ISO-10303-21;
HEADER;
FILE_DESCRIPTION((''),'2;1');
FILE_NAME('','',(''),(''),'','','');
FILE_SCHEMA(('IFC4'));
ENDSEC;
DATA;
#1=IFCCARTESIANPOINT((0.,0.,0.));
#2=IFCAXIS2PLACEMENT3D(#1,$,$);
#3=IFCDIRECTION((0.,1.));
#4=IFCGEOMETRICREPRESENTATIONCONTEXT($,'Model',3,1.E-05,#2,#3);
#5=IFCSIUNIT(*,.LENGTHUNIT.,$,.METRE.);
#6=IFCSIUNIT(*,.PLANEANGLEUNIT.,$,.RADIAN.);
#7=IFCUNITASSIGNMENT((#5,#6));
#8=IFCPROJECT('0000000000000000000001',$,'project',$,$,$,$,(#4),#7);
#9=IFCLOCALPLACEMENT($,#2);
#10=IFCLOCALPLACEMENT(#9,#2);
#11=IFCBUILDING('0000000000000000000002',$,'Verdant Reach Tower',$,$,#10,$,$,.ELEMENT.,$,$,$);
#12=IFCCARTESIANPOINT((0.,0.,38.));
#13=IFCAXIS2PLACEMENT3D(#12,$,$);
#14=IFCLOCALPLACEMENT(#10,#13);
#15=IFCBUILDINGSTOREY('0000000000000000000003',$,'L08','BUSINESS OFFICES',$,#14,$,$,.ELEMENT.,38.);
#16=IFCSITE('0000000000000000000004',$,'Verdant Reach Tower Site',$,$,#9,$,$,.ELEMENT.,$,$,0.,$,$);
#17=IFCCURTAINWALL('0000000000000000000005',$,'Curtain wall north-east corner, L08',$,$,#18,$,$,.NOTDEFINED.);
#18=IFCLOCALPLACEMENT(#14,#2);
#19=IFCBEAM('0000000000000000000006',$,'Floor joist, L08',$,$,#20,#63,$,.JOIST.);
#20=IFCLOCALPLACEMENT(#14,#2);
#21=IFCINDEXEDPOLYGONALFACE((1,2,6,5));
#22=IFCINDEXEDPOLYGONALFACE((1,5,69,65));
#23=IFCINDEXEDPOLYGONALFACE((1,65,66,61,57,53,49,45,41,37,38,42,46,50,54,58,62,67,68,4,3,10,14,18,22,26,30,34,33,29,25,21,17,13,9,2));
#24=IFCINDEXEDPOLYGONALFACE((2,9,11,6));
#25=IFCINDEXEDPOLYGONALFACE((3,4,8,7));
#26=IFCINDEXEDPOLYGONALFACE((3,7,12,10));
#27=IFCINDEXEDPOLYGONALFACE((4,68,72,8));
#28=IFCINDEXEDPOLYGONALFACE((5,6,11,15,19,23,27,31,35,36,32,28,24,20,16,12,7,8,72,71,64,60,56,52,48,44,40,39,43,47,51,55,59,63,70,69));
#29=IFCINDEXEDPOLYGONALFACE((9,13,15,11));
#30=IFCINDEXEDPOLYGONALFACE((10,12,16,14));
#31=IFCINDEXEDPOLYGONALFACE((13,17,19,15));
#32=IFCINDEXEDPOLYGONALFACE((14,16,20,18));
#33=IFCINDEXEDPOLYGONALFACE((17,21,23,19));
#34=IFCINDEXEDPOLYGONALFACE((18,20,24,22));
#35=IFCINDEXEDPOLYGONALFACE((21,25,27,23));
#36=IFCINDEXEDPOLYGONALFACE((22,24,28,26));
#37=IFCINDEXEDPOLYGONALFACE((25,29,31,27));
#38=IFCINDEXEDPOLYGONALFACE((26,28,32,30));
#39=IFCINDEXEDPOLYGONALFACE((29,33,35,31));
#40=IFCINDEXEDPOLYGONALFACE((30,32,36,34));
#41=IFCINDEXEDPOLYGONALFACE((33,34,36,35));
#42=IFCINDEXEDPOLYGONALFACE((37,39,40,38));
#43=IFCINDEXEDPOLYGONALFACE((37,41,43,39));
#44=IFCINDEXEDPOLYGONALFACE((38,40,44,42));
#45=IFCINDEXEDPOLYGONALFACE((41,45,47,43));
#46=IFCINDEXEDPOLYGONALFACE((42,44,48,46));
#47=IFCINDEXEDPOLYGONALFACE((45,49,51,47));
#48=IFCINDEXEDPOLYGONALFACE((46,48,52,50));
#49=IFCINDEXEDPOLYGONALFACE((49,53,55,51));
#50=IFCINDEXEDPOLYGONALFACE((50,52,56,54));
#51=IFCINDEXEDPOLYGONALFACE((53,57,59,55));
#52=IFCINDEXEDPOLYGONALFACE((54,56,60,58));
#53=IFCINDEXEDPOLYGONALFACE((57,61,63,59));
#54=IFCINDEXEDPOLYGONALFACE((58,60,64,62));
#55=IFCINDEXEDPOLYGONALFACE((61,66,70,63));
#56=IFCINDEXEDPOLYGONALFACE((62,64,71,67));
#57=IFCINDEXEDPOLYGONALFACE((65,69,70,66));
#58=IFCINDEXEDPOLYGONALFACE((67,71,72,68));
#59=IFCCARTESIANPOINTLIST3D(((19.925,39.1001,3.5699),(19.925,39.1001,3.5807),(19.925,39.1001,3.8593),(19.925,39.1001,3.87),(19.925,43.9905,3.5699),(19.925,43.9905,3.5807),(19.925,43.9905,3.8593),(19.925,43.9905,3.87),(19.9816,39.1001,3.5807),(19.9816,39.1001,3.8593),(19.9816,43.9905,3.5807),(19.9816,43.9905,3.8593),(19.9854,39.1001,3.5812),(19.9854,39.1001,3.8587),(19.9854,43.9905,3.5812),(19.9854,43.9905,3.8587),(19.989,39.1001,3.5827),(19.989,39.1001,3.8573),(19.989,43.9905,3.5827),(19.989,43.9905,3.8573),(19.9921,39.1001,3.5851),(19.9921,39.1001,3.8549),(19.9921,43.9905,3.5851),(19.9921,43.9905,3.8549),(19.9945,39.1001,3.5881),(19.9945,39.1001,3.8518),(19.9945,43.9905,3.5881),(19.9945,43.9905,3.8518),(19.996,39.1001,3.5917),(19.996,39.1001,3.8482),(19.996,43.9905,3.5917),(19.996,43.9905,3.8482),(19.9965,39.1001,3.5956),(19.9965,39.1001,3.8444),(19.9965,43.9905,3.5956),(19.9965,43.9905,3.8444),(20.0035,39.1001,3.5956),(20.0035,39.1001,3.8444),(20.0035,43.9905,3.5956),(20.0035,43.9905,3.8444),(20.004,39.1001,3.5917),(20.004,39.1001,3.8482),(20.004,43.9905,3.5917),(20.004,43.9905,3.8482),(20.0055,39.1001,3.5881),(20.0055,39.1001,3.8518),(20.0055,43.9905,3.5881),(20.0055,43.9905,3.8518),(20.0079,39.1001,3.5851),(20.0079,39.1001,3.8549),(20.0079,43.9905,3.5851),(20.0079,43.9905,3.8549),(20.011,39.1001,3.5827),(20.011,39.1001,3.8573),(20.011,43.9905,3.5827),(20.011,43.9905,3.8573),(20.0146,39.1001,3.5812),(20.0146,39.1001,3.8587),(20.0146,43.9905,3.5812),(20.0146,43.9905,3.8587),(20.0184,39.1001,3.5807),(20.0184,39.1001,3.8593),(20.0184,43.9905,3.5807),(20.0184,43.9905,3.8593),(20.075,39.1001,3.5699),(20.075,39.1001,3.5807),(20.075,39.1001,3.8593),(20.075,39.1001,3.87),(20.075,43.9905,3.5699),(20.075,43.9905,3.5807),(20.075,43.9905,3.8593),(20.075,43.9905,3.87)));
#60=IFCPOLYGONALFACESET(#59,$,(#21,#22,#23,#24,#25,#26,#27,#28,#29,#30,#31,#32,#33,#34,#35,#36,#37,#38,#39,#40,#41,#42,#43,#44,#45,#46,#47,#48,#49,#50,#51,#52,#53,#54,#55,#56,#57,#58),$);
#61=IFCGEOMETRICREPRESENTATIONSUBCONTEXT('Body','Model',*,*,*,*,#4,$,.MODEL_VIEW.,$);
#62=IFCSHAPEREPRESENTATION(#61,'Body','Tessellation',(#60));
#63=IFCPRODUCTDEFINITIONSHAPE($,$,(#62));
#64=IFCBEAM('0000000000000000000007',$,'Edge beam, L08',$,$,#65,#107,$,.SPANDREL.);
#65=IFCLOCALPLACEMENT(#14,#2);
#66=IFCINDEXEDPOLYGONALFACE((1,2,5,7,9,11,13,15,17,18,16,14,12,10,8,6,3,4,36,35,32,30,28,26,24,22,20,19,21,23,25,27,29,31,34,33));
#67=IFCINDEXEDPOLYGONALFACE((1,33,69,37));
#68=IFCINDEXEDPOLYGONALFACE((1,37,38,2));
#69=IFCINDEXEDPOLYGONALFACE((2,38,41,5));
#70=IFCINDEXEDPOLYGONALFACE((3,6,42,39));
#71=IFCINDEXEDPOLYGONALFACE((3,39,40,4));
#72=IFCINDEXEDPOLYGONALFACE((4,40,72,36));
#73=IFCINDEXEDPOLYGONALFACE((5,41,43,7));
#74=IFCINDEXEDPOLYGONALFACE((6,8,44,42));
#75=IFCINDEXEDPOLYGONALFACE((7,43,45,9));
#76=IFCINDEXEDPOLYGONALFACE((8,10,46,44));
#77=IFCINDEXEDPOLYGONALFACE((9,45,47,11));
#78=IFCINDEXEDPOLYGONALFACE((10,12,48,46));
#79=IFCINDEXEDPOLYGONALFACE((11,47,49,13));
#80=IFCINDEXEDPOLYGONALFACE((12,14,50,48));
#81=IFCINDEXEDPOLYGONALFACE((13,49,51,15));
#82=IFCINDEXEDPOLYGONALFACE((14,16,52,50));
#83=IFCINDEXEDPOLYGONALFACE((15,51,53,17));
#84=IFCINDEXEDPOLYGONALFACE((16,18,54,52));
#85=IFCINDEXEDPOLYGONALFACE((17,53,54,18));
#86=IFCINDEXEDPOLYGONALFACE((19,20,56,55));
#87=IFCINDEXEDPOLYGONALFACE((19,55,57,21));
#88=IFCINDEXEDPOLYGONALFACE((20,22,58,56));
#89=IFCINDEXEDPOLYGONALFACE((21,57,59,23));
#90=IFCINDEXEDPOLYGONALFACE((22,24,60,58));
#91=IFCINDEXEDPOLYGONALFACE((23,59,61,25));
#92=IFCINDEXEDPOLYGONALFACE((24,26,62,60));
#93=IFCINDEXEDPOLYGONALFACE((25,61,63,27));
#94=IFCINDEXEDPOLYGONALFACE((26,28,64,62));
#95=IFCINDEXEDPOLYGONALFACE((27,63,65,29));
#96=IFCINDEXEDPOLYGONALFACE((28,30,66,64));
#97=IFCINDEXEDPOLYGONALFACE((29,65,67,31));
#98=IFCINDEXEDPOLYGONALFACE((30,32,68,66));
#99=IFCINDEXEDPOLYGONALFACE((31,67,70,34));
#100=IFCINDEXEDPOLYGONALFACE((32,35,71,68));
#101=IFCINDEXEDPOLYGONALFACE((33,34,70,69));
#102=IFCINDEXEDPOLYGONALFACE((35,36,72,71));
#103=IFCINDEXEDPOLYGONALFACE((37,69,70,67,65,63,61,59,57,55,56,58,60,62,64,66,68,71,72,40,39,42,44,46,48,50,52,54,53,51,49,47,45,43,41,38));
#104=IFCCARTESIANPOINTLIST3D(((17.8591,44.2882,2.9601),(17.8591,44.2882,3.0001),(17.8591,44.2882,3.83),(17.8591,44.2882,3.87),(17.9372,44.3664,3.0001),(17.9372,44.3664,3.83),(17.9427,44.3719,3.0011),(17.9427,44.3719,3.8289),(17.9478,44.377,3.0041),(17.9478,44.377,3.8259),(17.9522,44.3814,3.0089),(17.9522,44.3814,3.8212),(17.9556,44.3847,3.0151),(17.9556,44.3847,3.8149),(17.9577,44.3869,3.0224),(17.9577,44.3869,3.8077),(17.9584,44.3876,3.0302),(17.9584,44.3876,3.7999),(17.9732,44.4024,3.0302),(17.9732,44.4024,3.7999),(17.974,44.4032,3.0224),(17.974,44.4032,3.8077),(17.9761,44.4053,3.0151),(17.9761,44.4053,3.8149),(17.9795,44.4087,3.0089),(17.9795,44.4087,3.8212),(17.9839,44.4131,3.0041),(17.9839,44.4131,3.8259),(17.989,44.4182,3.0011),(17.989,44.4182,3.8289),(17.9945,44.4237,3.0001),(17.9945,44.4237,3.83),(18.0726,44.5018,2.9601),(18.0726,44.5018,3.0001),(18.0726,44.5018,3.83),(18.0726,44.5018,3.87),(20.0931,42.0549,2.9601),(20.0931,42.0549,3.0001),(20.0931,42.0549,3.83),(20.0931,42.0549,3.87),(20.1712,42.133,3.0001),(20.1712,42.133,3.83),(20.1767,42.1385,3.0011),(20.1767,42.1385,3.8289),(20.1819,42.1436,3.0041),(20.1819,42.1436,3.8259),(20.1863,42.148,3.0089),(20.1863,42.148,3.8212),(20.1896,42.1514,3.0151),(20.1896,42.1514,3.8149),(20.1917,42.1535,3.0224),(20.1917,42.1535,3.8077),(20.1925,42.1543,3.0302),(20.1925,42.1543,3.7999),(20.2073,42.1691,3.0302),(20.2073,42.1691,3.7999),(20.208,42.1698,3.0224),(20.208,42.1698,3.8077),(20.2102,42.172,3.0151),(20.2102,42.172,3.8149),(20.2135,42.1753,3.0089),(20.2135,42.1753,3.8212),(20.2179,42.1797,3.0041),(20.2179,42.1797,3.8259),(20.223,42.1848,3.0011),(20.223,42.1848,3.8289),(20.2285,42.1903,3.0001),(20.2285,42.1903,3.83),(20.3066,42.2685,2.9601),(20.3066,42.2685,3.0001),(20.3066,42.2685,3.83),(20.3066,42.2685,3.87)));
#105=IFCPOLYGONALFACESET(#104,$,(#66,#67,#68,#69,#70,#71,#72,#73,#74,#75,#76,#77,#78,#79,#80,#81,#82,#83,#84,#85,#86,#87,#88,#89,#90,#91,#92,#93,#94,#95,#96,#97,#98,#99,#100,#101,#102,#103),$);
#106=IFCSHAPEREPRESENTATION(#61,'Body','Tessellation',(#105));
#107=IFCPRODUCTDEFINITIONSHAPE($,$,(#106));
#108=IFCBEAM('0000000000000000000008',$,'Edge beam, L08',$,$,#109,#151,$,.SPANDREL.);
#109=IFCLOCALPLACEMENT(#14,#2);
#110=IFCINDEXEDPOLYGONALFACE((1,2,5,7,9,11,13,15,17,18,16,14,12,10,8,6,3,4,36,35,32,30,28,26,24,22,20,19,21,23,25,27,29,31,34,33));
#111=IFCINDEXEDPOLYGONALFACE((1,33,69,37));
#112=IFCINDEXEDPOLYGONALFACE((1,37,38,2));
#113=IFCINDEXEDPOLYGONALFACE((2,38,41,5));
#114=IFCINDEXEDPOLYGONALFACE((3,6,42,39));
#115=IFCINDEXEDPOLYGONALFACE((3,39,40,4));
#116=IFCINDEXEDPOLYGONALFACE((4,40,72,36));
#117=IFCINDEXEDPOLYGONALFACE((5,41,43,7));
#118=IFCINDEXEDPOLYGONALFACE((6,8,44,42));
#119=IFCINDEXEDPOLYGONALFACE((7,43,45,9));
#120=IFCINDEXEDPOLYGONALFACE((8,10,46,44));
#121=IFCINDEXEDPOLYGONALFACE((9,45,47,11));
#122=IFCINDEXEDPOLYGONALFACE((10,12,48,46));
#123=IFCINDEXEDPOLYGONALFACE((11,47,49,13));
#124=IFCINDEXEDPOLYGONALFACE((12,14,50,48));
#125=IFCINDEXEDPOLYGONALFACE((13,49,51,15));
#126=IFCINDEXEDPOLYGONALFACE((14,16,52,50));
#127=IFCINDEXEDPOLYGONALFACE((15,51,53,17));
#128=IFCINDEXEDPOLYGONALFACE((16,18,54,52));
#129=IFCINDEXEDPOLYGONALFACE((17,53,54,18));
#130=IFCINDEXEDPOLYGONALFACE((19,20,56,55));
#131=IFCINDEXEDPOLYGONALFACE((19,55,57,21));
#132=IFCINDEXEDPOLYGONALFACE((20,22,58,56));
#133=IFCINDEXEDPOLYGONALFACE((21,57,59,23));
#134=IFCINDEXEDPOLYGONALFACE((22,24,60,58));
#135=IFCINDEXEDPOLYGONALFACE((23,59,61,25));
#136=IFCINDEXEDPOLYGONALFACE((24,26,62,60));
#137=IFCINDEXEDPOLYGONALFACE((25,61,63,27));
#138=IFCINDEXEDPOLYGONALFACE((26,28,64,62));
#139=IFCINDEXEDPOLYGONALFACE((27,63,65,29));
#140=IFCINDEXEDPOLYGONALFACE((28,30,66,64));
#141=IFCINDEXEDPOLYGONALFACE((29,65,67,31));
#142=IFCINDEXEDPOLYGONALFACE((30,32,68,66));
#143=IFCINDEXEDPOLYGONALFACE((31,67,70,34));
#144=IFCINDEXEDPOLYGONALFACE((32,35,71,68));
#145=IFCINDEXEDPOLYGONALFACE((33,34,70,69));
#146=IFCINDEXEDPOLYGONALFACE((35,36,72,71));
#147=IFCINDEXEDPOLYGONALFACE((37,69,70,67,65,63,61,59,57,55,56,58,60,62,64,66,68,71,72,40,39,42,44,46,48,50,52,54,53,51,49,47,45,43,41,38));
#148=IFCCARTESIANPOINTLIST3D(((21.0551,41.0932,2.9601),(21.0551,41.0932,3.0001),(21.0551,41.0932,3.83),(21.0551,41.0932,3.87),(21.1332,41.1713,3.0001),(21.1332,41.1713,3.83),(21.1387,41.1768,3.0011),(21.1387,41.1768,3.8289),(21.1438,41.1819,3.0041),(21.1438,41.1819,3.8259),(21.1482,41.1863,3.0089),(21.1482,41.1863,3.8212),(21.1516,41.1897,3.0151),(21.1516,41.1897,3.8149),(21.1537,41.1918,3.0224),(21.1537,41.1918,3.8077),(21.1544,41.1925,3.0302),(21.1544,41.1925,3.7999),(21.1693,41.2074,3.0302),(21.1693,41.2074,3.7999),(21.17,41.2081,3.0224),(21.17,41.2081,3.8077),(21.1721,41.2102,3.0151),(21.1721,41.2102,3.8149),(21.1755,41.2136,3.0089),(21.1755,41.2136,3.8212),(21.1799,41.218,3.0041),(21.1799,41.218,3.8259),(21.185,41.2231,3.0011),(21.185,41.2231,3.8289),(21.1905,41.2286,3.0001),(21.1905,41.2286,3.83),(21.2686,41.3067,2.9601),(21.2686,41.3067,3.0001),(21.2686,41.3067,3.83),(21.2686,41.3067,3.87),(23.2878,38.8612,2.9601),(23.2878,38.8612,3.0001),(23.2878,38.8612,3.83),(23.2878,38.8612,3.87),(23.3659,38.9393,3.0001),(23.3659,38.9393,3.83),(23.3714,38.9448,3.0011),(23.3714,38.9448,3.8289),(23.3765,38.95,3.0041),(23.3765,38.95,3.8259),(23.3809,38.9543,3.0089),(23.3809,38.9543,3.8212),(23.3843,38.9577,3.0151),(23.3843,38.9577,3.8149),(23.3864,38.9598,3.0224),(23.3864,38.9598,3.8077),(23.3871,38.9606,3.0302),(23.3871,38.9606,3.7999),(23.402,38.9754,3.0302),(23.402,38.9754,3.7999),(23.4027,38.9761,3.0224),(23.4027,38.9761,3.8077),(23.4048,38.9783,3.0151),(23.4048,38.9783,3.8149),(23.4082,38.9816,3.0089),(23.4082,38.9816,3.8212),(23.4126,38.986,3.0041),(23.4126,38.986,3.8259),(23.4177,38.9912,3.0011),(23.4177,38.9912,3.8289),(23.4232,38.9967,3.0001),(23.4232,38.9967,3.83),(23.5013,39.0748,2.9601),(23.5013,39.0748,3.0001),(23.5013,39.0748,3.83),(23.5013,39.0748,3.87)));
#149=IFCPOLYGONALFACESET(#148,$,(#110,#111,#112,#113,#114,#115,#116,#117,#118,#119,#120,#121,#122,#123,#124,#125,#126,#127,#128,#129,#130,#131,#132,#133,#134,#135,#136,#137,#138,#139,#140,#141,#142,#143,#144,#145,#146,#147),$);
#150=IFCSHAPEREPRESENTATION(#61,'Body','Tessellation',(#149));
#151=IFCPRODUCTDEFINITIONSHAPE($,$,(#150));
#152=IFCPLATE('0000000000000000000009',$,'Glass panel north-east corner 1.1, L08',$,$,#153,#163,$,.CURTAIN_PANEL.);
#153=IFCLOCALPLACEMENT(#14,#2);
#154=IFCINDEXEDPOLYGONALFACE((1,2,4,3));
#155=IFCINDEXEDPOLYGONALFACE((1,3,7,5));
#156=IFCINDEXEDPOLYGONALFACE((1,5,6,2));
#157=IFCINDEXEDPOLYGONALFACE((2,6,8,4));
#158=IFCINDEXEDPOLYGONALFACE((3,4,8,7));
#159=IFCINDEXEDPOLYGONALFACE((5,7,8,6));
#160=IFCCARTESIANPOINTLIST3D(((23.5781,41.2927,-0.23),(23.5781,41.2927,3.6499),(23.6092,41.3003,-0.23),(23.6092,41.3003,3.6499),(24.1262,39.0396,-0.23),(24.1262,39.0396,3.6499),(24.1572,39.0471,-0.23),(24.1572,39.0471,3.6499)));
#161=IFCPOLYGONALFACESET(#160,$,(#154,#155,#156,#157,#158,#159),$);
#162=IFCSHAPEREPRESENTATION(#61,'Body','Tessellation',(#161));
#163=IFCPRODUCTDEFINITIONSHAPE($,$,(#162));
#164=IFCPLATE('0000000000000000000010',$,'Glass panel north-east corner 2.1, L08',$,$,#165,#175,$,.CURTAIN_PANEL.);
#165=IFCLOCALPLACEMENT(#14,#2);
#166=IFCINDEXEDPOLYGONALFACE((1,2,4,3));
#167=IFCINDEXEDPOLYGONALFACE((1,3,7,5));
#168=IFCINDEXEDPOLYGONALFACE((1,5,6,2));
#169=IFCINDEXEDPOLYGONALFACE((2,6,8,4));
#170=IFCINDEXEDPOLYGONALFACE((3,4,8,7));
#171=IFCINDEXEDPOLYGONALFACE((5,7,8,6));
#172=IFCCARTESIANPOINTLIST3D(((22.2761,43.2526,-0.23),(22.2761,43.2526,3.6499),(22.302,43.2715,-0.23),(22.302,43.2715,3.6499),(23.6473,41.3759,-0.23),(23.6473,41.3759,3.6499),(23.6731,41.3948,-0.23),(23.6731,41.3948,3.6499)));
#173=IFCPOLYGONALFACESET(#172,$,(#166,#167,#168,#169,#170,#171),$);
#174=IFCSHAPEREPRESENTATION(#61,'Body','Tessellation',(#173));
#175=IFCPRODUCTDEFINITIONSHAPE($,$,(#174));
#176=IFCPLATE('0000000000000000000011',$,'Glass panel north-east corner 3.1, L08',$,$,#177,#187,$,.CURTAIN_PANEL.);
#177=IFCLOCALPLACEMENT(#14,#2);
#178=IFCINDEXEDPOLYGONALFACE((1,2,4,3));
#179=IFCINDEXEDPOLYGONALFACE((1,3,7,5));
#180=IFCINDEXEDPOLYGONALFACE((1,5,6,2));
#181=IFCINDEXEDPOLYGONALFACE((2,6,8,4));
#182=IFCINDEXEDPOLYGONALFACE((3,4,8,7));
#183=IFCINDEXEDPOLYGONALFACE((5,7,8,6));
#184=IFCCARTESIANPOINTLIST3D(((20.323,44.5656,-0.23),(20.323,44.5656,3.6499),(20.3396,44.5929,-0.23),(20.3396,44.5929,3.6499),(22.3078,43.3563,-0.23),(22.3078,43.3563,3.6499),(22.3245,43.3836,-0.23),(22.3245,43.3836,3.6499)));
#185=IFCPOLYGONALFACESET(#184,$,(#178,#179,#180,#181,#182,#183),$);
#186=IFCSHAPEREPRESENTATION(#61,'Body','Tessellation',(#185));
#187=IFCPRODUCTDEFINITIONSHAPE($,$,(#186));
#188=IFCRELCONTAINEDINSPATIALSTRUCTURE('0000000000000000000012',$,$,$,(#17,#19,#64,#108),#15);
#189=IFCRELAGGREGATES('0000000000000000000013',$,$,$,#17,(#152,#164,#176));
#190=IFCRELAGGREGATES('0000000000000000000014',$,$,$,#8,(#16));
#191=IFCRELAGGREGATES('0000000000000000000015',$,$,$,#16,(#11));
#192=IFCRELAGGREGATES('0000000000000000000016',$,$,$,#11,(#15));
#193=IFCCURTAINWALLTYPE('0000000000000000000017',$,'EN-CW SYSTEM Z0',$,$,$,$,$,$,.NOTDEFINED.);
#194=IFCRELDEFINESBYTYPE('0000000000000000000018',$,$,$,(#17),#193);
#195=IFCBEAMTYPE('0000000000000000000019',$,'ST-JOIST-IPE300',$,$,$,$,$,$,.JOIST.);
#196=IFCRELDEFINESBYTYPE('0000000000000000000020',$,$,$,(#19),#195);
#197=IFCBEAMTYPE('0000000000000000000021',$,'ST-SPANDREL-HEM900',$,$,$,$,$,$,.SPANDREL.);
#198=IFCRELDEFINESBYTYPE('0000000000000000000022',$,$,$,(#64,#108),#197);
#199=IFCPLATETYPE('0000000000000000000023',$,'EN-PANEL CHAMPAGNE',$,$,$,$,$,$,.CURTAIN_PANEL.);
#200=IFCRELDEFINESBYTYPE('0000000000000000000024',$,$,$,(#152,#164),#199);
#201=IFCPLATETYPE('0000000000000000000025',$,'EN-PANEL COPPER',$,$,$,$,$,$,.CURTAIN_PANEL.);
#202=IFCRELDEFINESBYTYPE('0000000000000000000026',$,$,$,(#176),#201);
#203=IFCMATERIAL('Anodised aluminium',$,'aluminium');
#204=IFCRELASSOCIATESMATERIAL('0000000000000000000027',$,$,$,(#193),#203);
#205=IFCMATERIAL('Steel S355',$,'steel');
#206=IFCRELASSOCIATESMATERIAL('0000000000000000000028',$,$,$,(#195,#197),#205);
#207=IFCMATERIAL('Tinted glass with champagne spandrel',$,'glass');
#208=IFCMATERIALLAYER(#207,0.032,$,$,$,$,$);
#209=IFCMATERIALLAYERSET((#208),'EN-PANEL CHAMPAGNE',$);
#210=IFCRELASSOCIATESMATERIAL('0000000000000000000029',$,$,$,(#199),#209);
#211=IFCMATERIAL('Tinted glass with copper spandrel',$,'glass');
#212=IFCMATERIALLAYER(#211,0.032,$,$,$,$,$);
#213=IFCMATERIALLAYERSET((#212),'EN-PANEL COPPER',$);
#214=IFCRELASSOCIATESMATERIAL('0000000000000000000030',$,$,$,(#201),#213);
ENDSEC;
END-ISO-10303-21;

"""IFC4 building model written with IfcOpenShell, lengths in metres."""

from ifc_helpers import new_model, si_unit, direction, frame, origin, origin_2d, place, context, subcontext, project, spatial, rectangle, i_section, extrude, material, layer, layer_set, material_profile, profile_set, type_object, element, aggregate, save


model = new_model("IFC4")

# Units and contexts
model_context = context("Model", 3, precision=1e-05, world=origin(), true_north=direction((0.0, 1.0)))
body_context = subcontext(model_context, "Body", "Model", "MODEL_VIEW")
ifc_project = project(units=[si_unit("LENGTHUNIT", "METRE"), si_unit("PLANEANGLEUNIT", "RADIAN")], contexts=[model_context])

# Site, building, storey
site_placement = place(None, origin())
site = spatial("IfcSite", under=ifc_project, at=site_placement, Name="Verdant Reach Tower Site", CompositionType="ELEMENT", RefElevation=0.0)
building_placement = place(site_placement, origin())
building = spatial("IfcBuilding", under=site, at=building_placement, Name="Verdant Reach Tower", CompositionType="ELEMENT")
storey_placement = place(building_placement, frame((0.0, 0.0, 38.0)))
storey = spatial("IfcBuildingStorey", under=building, at=storey_placement, Name="L08", Description="BUSINESS OFFICES", CompositionType="ELEMENT", Elevation=38.0)

# Curtain wall
ifc_material_1 = material(Name="Anodised aluminium", Category="aluminium")
curtain_wall_type = type_object("IfcCurtainWallType", Name="EN-CW SYSTEM Z0", PredefinedType="NOTDEFINED", material=ifc_material_1)
curtain_wall_1_placement = place(storey_placement, origin())
curtain_wall_1 = element("IfcCurtainWall", 1, at=curtain_wall_1_placement, inside=storey, type_object=curtain_wall_type, Name="Curtain wall north-east corner, L08", PredefinedType="NOTDEFINED")

# Beams
ifc_material_2 = material(Name="Steel S355", Category="steel")
ifc_material_profile_1 = material_profile(ifc_material_2, i_section(OverallWidth=0.1499, OverallDepth=0.3, WebThickness=0.0071, FlangeThickness=0.0107, FilletRadius=0.0149, at=origin_2d()), Name="IPE 300")
ifc_profile_set_1 = profile_set([ifc_material_profile_1], Name="Steel S355")
beam_type_1 = type_object("IfcBeamType", Name="ST-JOIST-IPE300", PredefinedType="JOIST", material=ifc_profile_set_1)
beam_1_placement = place(storey_placement, frame((20.0, 39.1001, 3.72), z_axis=(0.0, 1.0, 0.0), x_axis=(-1.0, 0.0, 0.0)))
element("IfcBeam", 2, at=beam_1_placement, inside=storey, type_object=beam_type_1, Name="Floor joist, L08", PredefinedType="JOIST", context=body_context, shape_type="SweptSolid", body=[
    extrude(i_section(OverallWidth=0.1499, OverallDepth=0.3, WebThickness=0.0071, FlangeThickness=0.0107, FilletRadius=0.0149, at=origin_2d()), origin(), (0.0, 0.0, 1.0), 4.8904),
])
ifc_material_profile_2 = material_profile(ifc_material_2, i_section(OverallWidth=0.302, OverallDepth=0.9099, WebThickness=0.021, FlangeThickness=0.04, FilletRadius=0.03, at=origin_2d()), Name="HEM 900")
ifc_profile_set_2 = profile_set([ifc_material_profile_2], Name="Steel S355")
beam_type_2 = type_object("IfcBeamType", Name="ST-SPANDREL-HEM900", PredefinedType="SPANDREL", material=ifc_profile_set_2)
beam_2_placement = place(storey_placement, frame((17.9658, 44.395, 3.415), z_axis=(0.707223, -0.706991, 0.0), x_axis=(0.706991, 0.707223, 0.0)))
element("IfcBeam", 3, at=beam_2_placement, inside=storey, type_object=beam_type_2, Name="Edge beam, L08", PredefinedType="SPANDREL", context=body_context, shape_type="SweptSolid", body=[
    extrude(i_section(OverallWidth=0.302, OverallDepth=0.9099, WebThickness=0.021, FlangeThickness=0.04, FilletRadius=0.03, at=origin_2d()), origin(), (0.0, 0.0, 1.0), 3.1589),
])
beam_3_placement = place(storey_placement, frame((21.1619, 41.2, 3.415), z_axis=(0.707223, -0.706991, 0.0), x_axis=(0.706991, 0.707223, 0.0)))
element("IfcBeam", 4, at=beam_3_placement, inside=storey, type_object=beam_type_2, Name="Edge beam, L08", PredefinedType="SPANDREL", context=body_context, shape_type="SweptSolid", body=[
    extrude(i_section(OverallWidth=0.302, OverallDepth=0.9099, WebThickness=0.021, FlangeThickness=0.04, FilletRadius=0.03, at=origin_2d()), origin(), (0.0, 0.0, 1.0), 3.157),
])

# Plates
ifc_material_3 = material(Name="Tinted glass with champagne spandrel", Category="glass")
ifc_layer_1 = layer(ifc_material_3, 0.032)
ifc_layer_set_1 = layer_set([ifc_layer_1], Name="EN-PANEL CHAMPAGNE")
plate_type_1 = type_object("IfcPlateType", Name="EN-PANEL CHAMPAGNE", PredefinedType="CURTAIN_PANEL", material=ifc_layer_set_1)
plate_1_placement = place(storey_placement, frame((23.8677, 40.1699, -0.23), z_axis=(0.0, 0.0, 1.0), x_axis=(-0.236347, 0.971669, 0.0)))
plate_1 = element("IfcPlate", 5, at=plate_1_placement, type_object=plate_type_1, Name="Glass panel north-east corner 1.1, L08", PredefinedType="CURTAIN_PANEL", context=body_context, shape_type="SweptSolid", body=[
    extrude(rectangle(XDim=2.3188, YDim=0.032, at=origin_2d()), origin(), (0.0, 0.0, 1.0), 3.8799),
])
plate_2_placement = place(storey_placement, frame((22.9746, 42.3237, -0.23), z_axis=(0.0, 0.0, 1.0), x_axis=(-0.589927, 0.807457, 0.0)))
plate_2 = element("IfcPlate", 6, at=plate_2_placement, type_object=plate_type_1, Name="Glass panel north-east corner 2.1, L08", PredefinedType="CURTAIN_PANEL", context=body_context, shape_type="SweptSolid", body=[
    extrude(rectangle(XDim=2.3242, YDim=0.032, at=origin_2d()), origin(), (0.0, 0.0, 1.0), 3.8799),
])
ifc_material_4 = material(Name="Tinted glass with copper spandrel", Category="glass")
ifc_layer_2 = layer(ifc_material_4, 0.032)
ifc_layer_set_2 = layer_set([ifc_layer_2], Name="EN-PANEL COPPER")
plate_type_2 = type_object("IfcPlateType", Name="EN-PANEL COPPER", PredefinedType="CURTAIN_PANEL", material=ifc_layer_set_2)
plate_3_placement = place(storey_placement, frame((21.3237, 43.9746, -0.23), z_axis=(0.0, 0.0, 1.0), x_axis=(-0.853989, 0.520292, 0.0)))
plate_3 = element("IfcPlate", 7, at=plate_3_placement, type_object=plate_type_2, Name="Glass panel north-east corner 3.1, L08", PredefinedType="CURTAIN_PANEL", context=body_context, shape_type="SweptSolid", body=[
    extrude(rectangle(XDim=2.3242, YDim=0.032, at=origin_2d()), origin(), (0.0, 0.0, 1.0), 3.8799),
])
aggregate(curtain_wall_1, [plate_1, plate_2, plate_3])

save(model, "model.ifc")
